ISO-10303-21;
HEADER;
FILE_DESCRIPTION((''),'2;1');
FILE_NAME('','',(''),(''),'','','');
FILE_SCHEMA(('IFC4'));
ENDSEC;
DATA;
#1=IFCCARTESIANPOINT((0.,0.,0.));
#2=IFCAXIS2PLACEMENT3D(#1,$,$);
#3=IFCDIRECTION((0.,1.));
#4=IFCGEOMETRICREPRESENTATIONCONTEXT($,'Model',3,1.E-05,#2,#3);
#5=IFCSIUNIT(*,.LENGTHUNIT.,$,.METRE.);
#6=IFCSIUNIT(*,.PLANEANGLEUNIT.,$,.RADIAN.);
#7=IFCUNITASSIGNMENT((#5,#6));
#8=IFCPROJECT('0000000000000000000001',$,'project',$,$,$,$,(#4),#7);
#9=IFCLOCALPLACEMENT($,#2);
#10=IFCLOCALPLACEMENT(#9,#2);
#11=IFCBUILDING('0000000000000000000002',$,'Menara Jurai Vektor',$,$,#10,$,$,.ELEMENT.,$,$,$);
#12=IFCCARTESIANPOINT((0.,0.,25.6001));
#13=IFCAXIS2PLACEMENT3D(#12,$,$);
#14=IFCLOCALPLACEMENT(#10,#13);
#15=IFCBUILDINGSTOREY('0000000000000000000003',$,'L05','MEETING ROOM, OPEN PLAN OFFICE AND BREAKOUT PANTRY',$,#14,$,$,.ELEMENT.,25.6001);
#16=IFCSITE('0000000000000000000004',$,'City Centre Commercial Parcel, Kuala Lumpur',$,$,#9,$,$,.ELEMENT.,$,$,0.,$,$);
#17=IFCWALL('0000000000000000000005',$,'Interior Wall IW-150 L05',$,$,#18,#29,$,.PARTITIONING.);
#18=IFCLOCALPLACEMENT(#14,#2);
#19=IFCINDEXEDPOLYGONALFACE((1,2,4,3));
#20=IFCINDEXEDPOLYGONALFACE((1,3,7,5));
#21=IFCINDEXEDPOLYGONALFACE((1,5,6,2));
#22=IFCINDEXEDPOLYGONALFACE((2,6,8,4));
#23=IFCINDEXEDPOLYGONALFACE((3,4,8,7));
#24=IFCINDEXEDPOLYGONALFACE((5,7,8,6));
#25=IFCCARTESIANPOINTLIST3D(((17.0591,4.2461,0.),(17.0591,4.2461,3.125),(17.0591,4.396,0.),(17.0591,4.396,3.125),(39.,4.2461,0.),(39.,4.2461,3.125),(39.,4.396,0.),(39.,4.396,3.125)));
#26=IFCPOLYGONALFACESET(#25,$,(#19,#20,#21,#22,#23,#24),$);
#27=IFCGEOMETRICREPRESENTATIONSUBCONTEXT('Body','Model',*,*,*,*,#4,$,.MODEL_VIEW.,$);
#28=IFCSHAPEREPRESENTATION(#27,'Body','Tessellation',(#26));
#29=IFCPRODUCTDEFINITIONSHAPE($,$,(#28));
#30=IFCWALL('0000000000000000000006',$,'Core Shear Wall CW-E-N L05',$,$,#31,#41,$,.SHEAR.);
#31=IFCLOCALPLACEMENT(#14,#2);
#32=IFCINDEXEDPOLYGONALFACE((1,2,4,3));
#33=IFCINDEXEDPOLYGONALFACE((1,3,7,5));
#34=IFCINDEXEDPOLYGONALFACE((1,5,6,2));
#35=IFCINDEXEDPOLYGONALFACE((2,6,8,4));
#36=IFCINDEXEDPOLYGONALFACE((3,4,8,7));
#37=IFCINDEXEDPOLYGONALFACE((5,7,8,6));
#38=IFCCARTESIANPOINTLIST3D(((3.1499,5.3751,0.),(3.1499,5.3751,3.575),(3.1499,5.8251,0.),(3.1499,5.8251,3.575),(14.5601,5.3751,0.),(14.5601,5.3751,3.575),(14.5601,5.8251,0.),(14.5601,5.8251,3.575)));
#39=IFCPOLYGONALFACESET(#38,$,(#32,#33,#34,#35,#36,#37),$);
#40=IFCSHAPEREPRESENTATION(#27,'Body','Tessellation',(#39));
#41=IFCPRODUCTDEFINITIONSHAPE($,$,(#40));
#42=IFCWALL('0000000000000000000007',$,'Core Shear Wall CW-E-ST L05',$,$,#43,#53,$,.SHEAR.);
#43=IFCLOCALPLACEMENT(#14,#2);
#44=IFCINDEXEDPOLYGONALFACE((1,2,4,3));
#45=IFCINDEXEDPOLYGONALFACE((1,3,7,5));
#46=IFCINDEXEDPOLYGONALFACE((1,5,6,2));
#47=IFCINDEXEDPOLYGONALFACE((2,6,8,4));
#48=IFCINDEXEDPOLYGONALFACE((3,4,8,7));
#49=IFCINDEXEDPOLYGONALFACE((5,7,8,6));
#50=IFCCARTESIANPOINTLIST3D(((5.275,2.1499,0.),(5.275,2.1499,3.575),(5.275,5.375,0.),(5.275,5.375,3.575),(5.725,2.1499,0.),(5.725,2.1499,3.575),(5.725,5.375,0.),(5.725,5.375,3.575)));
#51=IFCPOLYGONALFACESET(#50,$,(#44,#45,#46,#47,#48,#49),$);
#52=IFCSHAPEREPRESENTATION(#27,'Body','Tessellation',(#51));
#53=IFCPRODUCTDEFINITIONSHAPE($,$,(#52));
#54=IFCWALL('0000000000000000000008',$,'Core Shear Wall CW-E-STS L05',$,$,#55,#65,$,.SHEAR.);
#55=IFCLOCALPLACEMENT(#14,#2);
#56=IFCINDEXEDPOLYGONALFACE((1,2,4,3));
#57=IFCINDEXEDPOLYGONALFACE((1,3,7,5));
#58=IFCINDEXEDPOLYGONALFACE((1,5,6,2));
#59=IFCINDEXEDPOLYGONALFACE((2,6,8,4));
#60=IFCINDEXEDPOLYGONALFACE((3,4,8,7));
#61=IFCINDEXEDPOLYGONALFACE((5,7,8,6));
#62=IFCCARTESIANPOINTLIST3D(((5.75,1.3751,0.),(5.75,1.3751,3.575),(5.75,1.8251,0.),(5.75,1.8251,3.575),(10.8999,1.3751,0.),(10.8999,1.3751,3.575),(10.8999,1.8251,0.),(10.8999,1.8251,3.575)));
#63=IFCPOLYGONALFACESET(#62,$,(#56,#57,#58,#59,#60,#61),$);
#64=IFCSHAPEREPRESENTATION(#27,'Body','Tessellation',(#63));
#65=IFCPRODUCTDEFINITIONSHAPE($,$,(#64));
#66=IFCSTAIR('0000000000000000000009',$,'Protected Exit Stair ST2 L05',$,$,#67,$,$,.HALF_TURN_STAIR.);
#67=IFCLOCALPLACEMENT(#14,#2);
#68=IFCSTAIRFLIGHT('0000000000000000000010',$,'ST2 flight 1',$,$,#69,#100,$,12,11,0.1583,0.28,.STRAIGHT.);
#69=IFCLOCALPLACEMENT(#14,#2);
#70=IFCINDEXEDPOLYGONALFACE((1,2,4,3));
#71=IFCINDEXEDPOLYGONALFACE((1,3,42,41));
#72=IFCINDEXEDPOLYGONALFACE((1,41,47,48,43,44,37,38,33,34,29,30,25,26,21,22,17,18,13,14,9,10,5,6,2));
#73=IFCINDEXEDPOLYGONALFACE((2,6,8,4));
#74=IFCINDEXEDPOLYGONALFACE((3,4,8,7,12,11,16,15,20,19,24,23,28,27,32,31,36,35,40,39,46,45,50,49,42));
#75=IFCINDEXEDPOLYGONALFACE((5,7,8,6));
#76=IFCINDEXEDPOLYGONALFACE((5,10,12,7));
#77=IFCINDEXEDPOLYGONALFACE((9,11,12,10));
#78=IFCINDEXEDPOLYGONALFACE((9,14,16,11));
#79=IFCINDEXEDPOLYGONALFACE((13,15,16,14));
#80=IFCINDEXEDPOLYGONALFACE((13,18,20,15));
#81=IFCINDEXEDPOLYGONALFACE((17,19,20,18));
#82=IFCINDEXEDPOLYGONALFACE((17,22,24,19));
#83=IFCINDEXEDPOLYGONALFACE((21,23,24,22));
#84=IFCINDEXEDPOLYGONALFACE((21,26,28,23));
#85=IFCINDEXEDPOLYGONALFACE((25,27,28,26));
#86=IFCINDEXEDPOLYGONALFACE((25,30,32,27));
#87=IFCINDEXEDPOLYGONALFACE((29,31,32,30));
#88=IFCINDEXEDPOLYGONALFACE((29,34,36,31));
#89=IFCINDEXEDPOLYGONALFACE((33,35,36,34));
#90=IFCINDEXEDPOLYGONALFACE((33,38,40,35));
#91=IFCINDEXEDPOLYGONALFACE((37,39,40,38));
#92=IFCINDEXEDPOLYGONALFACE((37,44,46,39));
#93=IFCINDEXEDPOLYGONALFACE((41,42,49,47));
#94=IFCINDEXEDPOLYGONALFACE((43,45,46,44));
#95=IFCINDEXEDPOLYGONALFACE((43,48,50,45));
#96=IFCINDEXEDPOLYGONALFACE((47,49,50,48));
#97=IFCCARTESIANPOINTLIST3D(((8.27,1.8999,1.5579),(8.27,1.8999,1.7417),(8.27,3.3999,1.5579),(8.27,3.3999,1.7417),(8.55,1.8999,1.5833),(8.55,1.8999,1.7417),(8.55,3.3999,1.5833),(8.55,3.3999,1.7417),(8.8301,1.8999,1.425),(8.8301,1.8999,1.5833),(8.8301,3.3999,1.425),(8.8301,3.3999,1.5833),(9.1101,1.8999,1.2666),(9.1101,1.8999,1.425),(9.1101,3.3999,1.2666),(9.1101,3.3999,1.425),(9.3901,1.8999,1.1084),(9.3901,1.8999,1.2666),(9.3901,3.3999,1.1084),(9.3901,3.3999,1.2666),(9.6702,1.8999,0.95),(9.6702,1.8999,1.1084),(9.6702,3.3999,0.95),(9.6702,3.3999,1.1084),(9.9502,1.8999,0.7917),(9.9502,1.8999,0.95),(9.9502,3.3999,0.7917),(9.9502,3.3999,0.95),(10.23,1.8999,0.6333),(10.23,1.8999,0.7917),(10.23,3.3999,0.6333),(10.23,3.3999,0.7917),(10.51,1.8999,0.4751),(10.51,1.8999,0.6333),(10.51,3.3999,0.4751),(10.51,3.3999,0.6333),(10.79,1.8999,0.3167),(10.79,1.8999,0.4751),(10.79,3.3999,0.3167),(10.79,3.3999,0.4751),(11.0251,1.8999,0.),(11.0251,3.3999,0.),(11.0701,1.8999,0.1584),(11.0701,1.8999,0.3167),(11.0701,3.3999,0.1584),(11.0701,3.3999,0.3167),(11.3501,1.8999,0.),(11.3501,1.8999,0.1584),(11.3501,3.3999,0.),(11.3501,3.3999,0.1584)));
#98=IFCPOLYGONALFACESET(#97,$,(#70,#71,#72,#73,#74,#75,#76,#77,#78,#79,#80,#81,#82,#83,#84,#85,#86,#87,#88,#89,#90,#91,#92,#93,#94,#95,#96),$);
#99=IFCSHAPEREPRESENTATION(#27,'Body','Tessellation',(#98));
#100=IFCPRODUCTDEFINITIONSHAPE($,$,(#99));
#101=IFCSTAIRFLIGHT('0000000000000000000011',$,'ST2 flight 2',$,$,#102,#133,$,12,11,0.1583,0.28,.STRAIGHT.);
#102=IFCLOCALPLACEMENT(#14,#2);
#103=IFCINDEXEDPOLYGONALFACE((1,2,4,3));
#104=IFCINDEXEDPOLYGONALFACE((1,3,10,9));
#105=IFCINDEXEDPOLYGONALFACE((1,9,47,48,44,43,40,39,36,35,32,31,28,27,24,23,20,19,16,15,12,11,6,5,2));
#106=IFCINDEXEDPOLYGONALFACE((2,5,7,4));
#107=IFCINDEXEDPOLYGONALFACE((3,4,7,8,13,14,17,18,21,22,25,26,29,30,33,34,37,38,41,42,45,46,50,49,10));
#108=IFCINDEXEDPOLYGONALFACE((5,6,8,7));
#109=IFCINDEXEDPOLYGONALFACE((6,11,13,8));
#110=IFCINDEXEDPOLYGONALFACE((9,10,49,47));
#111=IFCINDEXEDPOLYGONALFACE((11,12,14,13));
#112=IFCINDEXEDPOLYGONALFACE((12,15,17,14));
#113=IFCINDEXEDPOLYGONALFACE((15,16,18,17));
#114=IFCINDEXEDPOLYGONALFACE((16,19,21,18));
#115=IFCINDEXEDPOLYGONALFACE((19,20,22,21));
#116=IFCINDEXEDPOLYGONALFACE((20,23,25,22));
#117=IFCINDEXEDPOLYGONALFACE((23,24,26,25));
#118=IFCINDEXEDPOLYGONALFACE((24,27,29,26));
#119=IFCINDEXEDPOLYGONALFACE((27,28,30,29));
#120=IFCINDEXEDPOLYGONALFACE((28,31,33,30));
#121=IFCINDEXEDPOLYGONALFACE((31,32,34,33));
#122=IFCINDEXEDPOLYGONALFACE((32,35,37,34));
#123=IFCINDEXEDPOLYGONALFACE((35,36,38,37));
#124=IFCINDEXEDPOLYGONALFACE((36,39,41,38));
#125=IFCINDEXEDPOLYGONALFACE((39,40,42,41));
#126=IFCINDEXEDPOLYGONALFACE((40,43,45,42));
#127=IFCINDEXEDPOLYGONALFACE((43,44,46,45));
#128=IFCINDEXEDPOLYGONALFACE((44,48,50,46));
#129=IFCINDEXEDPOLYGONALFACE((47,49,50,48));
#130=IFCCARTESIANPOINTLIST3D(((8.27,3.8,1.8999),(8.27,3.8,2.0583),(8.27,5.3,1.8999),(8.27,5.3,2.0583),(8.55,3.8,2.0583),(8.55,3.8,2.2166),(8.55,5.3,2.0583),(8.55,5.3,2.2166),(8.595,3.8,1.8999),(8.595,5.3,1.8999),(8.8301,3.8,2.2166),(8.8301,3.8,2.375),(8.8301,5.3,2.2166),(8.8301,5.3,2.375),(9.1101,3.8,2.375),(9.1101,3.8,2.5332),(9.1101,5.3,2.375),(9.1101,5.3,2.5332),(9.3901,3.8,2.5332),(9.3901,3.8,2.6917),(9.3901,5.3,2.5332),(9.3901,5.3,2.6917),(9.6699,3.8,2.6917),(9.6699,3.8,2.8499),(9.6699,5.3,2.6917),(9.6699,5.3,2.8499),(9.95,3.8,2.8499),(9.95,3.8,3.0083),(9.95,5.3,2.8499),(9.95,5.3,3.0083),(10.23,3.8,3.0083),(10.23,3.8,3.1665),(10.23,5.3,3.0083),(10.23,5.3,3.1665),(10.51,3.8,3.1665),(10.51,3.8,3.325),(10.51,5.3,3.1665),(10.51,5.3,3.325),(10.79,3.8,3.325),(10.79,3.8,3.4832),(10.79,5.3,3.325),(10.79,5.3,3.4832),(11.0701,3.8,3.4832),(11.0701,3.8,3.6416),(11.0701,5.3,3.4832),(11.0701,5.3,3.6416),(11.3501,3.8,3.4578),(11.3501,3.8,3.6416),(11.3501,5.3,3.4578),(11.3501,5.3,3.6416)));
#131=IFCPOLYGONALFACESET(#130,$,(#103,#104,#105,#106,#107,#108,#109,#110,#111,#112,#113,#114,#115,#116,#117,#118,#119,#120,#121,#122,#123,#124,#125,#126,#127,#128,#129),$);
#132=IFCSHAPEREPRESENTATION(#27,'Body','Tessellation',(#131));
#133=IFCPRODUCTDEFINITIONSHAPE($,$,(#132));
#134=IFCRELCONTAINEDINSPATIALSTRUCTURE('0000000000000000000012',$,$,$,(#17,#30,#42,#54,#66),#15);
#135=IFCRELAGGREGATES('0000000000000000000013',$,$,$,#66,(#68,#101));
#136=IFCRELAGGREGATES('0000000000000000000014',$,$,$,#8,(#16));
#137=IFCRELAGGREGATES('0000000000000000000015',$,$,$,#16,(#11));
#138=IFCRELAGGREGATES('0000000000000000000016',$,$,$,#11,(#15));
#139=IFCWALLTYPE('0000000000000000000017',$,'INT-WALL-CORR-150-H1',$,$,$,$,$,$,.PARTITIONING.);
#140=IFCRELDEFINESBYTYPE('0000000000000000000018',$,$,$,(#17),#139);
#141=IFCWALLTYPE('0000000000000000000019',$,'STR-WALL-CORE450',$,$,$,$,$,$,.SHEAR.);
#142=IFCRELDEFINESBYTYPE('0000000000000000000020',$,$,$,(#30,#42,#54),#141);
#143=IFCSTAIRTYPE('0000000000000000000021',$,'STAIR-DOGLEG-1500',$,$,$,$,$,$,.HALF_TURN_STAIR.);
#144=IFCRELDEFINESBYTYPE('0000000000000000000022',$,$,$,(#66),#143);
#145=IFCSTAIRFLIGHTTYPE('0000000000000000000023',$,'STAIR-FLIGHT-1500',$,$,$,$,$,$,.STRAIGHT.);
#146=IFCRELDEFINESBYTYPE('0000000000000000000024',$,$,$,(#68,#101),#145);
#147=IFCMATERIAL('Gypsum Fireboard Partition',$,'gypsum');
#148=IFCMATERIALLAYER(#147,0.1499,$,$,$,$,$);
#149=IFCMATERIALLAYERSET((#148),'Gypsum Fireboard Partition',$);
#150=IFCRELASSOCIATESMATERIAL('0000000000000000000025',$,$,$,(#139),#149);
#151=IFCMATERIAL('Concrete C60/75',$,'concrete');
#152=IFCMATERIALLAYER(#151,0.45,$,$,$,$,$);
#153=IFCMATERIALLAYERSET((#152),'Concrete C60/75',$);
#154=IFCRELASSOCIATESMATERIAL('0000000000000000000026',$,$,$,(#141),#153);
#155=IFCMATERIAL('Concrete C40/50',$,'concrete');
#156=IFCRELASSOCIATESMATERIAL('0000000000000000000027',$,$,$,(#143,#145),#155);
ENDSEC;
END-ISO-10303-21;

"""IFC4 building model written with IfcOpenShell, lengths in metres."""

from ifc_helpers import new_model, si_unit, direction, frame, frame_2d, origin, place, context, subcontext, project, spatial, polyline, rectangle, outline, extrude, material, layer, layer_set, type_object, element, aggregate, save


model = new_model("IFC4")

# Units and contexts
model_context = context("Model", 3, precision=1e-05, world=origin(), true_north=direction((0.0, 1.0)))
body_context = subcontext(model_context, "Body", "Model", "MODEL_VIEW")
ifc_project = project(units=[si_unit("LENGTHUNIT", "METRE"), si_unit("PLANEANGLEUNIT", "RADIAN")], contexts=[model_context])

# Site, building, storey
site_placement = place(None, origin())
site = spatial("IfcSite", under=ifc_project, at=site_placement, Name="City Centre Commercial Parcel, Kuala Lumpur", CompositionType="ELEMENT", RefElevation=0.0)
building_placement = place(site_placement, origin())
building = spatial("IfcBuilding", under=site, at=building_placement, Name="Menara Jurai Vektor", CompositionType="ELEMENT")
storey_placement = place(building_placement, frame((0.0, 0.0, 25.6001)))
storey = spatial("IfcBuildingStorey", under=building, at=storey_placement, Name="L05", Description="MEETING ROOM, OPEN PLAN OFFICE AND BREAKOUT PANTRY", CompositionType="ELEMENT", Elevation=25.6001)

# Shared definitions
ifc_material_1 = material(Name="Concrete C60/75", Category="concrete")

# Shared definitions
ifc_material_2 = material(Name="Concrete C40/50", Category="concrete")

# Shared definitions
ifc_material_3 = material(Name="Gypsum Fireboard Partition", Category="gypsum")

# Shared definitions
ifc_layer_1 = layer(ifc_material_3, 0.1499)
ifc_layer_set_1 = layer_set([ifc_layer_1], Name="Gypsum Fireboard Partition")
wall_type_1 = type_object("IfcWallType", Name="INT-WALL-CORR-150-H1", PredefinedType="PARTITIONING", material=ifc_layer_set_1)

# Walls
wall_1_placement = place(storey_placement, frame((17.0591, 4.321, 0.0), z_axis=(0.0, 0.0, 1.0), x_axis=(1.0, 0.0, 0.0)))
element("IfcWall", 1, at=wall_1_placement, inside=storey, type_object=wall_type_1, Name="Interior Wall IW-150 L05", PredefinedType="PARTITIONING", context=body_context, shape_type="SweptSolid", body=[
    extrude(rectangle(XDim=21.9409, YDim=0.1499, at=frame_2d((10.9705, 0.0))), origin(), (0.0, 0.0, 1.0), 3.125),
])
ifc_layer_2 = layer(ifc_material_1, 0.45)
ifc_layer_set_2 = layer_set([ifc_layer_2], Name="Concrete C60/75")
wall_type_2 = type_object("IfcWallType", Name="STR-WALL-CORE450", PredefinedType="SHEAR", material=ifc_layer_set_2)
wall_2_placement = place(storey_placement, frame((3.1499, 5.6001, 0.0), z_axis=(0.0, 0.0, 1.0), x_axis=(1.0, 0.0, 0.0)))
element("IfcWall", 2, at=wall_2_placement, inside=storey, type_object=wall_type_2, Name="Core Shear Wall CW-E-N L05", PredefinedType="SHEAR", context=body_context, shape_type="SweptSolid", body=[
    extrude(rectangle(XDim=11.4102, YDim=0.45, at=frame_2d((5.7051, 0.0))), origin(), (0.0, 0.0, 1.0), 3.575),
])
wall_3_placement = place(storey_placement, frame((5.5, 2.1499, 0.0), z_axis=(0.0, 0.0, 1.0), x_axis=(0.0, 1.0, 0.0)))
element("IfcWall", 3, at=wall_3_placement, inside=storey, type_object=wall_type_2, Name="Core Shear Wall CW-E-ST L05", PredefinedType="SHEAR", context=body_context, shape_type="SweptSolid", body=[
    extrude(rectangle(XDim=3.2251, YDim=0.45, at=frame_2d((1.6125, 0.0))), origin(), (0.0, 0.0, 1.0), 3.575),
])
wall_4_placement = place(storey_placement, frame((5.75, 1.6001, 0.0), z_axis=(0.0, 0.0, 1.0), x_axis=(1.0, 0.0, 0.0)))
element("IfcWall", 4, at=wall_4_placement, inside=storey, type_object=wall_type_2, Name="Core Shear Wall CW-E-STS L05", PredefinedType="SHEAR", context=body_context, shape_type="SweptSolid", body=[
    extrude(rectangle(XDim=5.1499, YDim=0.45, at=frame_2d((2.575, 0.0))), origin(), (0.0, 0.0, 1.0), 3.575),
])

# Stair, stair flights
stair_type = type_object("IfcStairType", Name="STAIR-DOGLEG-1500", PredefinedType="HALF_TURN_STAIR", material=ifc_material_2)
stair_placement = place(storey_placement, origin())
stair = element("IfcStair", 5, at=stair_placement, inside=storey, type_object=stair_type, Name="Protected Exit Stair ST2 L05", PredefinedType="HALF_TURN_STAIR")
stair_flight_type = type_object("IfcStairFlightType", Name="STAIR-FLIGHT-1500", PredefinedType="STRAIGHT", material=ifc_material_2)
stair_flight_1_placement = place(storey_placement, frame((11.3501, 2.6499, 0.0), z_axis=(0.0, 0.0, 1.0), x_axis=(-1.0, 0.0, 0.0)))
stair_flight_1 = element("IfcStairFlight", 6, at=stair_flight_1_placement, type_object=stair_flight_type, Name="ST2 flight 1", NumberOfRisers=12, NumberOfTreads=11, PredefinedType="STRAIGHT", RiserHeight=0.1583, TreadLength=0.28, context=body_context, shape_type="SweptSolid", body=[
    extrude(outline(polyline([(0.0, 0.0), (0.0, 0.1584), (0.28, 0.1584), (0.28, 0.3167), (0.5601, 0.3167), (0.5601, 0.4751), (0.8401, 0.4751), (0.8401, 0.6333), (1.1201, 0.6333), (1.1201, 0.7917), (1.3999, 0.7917), (1.3999, 0.95), (1.6799, 0.95), (1.6799, 1.1084), (1.96, 1.1084), (1.96, 1.2666), (2.24, 1.2666), (2.24, 1.425), (2.52, 1.425), (2.52, 1.5833), (2.8, 1.5833), (2.8, 1.7417), (3.0801, 1.7417), (3.0801, 1.8999), (3.0801, 1.5579), (0.325, 0.0), (0.0, 0.0)])), frame((0.0, 0.75, 0.0), z_axis=(0.0, -1.0, 0.0), x_axis=(1.0, 0.0, 0.0)), (0.0, 0.0, 1.0), 1.5),
])
stair_flight_2_placement = place(storey_placement, frame((8.27, 4.55, 1.8999), z_axis=(0.0, 0.0, 1.0), x_axis=(1.0, 0.0, 0.0)))
stair_flight_2 = element("IfcStairFlight", 7, at=stair_flight_2_placement, type_object=stair_flight_type, Name="ST2 flight 2", NumberOfRisers=12, NumberOfTreads=11, PredefinedType="STRAIGHT", RiserHeight=0.1583, TreadLength=0.28, context=body_context, shape_type="SweptSolid", body=[
    extrude(outline(polyline([(0.0, 0.0), (0.0, 0.1584), (0.28, 0.1584), (0.28, 0.3167), (0.5601, 0.3167), (0.5601, 0.4751), (0.8401, 0.4751), (0.8401, 0.6333), (1.1201, 0.6333), (1.1201, 0.7917), (1.3999, 0.7917), (1.3999, 0.95), (1.6799, 0.95), (1.6799, 1.1084), (1.96, 1.1084), (1.96, 1.2666), (2.24, 1.2666), (2.24, 1.425), (2.52, 1.425), (2.52, 1.5833), (2.8, 1.5833), (2.8, 1.7417), (3.0801, 1.7417), (3.0801, 1.8999), (3.0801, 1.5579), (0.325, 0.0), (0.0, 0.0)])), frame((0.0, 0.75, 0.0), z_axis=(0.0, -1.0, 0.0), x_axis=(1.0, 0.0, 0.0)), (0.0, 0.0, 1.0), 1.5),
])
aggregate(stair, [stair_flight_1, stair_flight_2])

save(model, "model.ifc")
